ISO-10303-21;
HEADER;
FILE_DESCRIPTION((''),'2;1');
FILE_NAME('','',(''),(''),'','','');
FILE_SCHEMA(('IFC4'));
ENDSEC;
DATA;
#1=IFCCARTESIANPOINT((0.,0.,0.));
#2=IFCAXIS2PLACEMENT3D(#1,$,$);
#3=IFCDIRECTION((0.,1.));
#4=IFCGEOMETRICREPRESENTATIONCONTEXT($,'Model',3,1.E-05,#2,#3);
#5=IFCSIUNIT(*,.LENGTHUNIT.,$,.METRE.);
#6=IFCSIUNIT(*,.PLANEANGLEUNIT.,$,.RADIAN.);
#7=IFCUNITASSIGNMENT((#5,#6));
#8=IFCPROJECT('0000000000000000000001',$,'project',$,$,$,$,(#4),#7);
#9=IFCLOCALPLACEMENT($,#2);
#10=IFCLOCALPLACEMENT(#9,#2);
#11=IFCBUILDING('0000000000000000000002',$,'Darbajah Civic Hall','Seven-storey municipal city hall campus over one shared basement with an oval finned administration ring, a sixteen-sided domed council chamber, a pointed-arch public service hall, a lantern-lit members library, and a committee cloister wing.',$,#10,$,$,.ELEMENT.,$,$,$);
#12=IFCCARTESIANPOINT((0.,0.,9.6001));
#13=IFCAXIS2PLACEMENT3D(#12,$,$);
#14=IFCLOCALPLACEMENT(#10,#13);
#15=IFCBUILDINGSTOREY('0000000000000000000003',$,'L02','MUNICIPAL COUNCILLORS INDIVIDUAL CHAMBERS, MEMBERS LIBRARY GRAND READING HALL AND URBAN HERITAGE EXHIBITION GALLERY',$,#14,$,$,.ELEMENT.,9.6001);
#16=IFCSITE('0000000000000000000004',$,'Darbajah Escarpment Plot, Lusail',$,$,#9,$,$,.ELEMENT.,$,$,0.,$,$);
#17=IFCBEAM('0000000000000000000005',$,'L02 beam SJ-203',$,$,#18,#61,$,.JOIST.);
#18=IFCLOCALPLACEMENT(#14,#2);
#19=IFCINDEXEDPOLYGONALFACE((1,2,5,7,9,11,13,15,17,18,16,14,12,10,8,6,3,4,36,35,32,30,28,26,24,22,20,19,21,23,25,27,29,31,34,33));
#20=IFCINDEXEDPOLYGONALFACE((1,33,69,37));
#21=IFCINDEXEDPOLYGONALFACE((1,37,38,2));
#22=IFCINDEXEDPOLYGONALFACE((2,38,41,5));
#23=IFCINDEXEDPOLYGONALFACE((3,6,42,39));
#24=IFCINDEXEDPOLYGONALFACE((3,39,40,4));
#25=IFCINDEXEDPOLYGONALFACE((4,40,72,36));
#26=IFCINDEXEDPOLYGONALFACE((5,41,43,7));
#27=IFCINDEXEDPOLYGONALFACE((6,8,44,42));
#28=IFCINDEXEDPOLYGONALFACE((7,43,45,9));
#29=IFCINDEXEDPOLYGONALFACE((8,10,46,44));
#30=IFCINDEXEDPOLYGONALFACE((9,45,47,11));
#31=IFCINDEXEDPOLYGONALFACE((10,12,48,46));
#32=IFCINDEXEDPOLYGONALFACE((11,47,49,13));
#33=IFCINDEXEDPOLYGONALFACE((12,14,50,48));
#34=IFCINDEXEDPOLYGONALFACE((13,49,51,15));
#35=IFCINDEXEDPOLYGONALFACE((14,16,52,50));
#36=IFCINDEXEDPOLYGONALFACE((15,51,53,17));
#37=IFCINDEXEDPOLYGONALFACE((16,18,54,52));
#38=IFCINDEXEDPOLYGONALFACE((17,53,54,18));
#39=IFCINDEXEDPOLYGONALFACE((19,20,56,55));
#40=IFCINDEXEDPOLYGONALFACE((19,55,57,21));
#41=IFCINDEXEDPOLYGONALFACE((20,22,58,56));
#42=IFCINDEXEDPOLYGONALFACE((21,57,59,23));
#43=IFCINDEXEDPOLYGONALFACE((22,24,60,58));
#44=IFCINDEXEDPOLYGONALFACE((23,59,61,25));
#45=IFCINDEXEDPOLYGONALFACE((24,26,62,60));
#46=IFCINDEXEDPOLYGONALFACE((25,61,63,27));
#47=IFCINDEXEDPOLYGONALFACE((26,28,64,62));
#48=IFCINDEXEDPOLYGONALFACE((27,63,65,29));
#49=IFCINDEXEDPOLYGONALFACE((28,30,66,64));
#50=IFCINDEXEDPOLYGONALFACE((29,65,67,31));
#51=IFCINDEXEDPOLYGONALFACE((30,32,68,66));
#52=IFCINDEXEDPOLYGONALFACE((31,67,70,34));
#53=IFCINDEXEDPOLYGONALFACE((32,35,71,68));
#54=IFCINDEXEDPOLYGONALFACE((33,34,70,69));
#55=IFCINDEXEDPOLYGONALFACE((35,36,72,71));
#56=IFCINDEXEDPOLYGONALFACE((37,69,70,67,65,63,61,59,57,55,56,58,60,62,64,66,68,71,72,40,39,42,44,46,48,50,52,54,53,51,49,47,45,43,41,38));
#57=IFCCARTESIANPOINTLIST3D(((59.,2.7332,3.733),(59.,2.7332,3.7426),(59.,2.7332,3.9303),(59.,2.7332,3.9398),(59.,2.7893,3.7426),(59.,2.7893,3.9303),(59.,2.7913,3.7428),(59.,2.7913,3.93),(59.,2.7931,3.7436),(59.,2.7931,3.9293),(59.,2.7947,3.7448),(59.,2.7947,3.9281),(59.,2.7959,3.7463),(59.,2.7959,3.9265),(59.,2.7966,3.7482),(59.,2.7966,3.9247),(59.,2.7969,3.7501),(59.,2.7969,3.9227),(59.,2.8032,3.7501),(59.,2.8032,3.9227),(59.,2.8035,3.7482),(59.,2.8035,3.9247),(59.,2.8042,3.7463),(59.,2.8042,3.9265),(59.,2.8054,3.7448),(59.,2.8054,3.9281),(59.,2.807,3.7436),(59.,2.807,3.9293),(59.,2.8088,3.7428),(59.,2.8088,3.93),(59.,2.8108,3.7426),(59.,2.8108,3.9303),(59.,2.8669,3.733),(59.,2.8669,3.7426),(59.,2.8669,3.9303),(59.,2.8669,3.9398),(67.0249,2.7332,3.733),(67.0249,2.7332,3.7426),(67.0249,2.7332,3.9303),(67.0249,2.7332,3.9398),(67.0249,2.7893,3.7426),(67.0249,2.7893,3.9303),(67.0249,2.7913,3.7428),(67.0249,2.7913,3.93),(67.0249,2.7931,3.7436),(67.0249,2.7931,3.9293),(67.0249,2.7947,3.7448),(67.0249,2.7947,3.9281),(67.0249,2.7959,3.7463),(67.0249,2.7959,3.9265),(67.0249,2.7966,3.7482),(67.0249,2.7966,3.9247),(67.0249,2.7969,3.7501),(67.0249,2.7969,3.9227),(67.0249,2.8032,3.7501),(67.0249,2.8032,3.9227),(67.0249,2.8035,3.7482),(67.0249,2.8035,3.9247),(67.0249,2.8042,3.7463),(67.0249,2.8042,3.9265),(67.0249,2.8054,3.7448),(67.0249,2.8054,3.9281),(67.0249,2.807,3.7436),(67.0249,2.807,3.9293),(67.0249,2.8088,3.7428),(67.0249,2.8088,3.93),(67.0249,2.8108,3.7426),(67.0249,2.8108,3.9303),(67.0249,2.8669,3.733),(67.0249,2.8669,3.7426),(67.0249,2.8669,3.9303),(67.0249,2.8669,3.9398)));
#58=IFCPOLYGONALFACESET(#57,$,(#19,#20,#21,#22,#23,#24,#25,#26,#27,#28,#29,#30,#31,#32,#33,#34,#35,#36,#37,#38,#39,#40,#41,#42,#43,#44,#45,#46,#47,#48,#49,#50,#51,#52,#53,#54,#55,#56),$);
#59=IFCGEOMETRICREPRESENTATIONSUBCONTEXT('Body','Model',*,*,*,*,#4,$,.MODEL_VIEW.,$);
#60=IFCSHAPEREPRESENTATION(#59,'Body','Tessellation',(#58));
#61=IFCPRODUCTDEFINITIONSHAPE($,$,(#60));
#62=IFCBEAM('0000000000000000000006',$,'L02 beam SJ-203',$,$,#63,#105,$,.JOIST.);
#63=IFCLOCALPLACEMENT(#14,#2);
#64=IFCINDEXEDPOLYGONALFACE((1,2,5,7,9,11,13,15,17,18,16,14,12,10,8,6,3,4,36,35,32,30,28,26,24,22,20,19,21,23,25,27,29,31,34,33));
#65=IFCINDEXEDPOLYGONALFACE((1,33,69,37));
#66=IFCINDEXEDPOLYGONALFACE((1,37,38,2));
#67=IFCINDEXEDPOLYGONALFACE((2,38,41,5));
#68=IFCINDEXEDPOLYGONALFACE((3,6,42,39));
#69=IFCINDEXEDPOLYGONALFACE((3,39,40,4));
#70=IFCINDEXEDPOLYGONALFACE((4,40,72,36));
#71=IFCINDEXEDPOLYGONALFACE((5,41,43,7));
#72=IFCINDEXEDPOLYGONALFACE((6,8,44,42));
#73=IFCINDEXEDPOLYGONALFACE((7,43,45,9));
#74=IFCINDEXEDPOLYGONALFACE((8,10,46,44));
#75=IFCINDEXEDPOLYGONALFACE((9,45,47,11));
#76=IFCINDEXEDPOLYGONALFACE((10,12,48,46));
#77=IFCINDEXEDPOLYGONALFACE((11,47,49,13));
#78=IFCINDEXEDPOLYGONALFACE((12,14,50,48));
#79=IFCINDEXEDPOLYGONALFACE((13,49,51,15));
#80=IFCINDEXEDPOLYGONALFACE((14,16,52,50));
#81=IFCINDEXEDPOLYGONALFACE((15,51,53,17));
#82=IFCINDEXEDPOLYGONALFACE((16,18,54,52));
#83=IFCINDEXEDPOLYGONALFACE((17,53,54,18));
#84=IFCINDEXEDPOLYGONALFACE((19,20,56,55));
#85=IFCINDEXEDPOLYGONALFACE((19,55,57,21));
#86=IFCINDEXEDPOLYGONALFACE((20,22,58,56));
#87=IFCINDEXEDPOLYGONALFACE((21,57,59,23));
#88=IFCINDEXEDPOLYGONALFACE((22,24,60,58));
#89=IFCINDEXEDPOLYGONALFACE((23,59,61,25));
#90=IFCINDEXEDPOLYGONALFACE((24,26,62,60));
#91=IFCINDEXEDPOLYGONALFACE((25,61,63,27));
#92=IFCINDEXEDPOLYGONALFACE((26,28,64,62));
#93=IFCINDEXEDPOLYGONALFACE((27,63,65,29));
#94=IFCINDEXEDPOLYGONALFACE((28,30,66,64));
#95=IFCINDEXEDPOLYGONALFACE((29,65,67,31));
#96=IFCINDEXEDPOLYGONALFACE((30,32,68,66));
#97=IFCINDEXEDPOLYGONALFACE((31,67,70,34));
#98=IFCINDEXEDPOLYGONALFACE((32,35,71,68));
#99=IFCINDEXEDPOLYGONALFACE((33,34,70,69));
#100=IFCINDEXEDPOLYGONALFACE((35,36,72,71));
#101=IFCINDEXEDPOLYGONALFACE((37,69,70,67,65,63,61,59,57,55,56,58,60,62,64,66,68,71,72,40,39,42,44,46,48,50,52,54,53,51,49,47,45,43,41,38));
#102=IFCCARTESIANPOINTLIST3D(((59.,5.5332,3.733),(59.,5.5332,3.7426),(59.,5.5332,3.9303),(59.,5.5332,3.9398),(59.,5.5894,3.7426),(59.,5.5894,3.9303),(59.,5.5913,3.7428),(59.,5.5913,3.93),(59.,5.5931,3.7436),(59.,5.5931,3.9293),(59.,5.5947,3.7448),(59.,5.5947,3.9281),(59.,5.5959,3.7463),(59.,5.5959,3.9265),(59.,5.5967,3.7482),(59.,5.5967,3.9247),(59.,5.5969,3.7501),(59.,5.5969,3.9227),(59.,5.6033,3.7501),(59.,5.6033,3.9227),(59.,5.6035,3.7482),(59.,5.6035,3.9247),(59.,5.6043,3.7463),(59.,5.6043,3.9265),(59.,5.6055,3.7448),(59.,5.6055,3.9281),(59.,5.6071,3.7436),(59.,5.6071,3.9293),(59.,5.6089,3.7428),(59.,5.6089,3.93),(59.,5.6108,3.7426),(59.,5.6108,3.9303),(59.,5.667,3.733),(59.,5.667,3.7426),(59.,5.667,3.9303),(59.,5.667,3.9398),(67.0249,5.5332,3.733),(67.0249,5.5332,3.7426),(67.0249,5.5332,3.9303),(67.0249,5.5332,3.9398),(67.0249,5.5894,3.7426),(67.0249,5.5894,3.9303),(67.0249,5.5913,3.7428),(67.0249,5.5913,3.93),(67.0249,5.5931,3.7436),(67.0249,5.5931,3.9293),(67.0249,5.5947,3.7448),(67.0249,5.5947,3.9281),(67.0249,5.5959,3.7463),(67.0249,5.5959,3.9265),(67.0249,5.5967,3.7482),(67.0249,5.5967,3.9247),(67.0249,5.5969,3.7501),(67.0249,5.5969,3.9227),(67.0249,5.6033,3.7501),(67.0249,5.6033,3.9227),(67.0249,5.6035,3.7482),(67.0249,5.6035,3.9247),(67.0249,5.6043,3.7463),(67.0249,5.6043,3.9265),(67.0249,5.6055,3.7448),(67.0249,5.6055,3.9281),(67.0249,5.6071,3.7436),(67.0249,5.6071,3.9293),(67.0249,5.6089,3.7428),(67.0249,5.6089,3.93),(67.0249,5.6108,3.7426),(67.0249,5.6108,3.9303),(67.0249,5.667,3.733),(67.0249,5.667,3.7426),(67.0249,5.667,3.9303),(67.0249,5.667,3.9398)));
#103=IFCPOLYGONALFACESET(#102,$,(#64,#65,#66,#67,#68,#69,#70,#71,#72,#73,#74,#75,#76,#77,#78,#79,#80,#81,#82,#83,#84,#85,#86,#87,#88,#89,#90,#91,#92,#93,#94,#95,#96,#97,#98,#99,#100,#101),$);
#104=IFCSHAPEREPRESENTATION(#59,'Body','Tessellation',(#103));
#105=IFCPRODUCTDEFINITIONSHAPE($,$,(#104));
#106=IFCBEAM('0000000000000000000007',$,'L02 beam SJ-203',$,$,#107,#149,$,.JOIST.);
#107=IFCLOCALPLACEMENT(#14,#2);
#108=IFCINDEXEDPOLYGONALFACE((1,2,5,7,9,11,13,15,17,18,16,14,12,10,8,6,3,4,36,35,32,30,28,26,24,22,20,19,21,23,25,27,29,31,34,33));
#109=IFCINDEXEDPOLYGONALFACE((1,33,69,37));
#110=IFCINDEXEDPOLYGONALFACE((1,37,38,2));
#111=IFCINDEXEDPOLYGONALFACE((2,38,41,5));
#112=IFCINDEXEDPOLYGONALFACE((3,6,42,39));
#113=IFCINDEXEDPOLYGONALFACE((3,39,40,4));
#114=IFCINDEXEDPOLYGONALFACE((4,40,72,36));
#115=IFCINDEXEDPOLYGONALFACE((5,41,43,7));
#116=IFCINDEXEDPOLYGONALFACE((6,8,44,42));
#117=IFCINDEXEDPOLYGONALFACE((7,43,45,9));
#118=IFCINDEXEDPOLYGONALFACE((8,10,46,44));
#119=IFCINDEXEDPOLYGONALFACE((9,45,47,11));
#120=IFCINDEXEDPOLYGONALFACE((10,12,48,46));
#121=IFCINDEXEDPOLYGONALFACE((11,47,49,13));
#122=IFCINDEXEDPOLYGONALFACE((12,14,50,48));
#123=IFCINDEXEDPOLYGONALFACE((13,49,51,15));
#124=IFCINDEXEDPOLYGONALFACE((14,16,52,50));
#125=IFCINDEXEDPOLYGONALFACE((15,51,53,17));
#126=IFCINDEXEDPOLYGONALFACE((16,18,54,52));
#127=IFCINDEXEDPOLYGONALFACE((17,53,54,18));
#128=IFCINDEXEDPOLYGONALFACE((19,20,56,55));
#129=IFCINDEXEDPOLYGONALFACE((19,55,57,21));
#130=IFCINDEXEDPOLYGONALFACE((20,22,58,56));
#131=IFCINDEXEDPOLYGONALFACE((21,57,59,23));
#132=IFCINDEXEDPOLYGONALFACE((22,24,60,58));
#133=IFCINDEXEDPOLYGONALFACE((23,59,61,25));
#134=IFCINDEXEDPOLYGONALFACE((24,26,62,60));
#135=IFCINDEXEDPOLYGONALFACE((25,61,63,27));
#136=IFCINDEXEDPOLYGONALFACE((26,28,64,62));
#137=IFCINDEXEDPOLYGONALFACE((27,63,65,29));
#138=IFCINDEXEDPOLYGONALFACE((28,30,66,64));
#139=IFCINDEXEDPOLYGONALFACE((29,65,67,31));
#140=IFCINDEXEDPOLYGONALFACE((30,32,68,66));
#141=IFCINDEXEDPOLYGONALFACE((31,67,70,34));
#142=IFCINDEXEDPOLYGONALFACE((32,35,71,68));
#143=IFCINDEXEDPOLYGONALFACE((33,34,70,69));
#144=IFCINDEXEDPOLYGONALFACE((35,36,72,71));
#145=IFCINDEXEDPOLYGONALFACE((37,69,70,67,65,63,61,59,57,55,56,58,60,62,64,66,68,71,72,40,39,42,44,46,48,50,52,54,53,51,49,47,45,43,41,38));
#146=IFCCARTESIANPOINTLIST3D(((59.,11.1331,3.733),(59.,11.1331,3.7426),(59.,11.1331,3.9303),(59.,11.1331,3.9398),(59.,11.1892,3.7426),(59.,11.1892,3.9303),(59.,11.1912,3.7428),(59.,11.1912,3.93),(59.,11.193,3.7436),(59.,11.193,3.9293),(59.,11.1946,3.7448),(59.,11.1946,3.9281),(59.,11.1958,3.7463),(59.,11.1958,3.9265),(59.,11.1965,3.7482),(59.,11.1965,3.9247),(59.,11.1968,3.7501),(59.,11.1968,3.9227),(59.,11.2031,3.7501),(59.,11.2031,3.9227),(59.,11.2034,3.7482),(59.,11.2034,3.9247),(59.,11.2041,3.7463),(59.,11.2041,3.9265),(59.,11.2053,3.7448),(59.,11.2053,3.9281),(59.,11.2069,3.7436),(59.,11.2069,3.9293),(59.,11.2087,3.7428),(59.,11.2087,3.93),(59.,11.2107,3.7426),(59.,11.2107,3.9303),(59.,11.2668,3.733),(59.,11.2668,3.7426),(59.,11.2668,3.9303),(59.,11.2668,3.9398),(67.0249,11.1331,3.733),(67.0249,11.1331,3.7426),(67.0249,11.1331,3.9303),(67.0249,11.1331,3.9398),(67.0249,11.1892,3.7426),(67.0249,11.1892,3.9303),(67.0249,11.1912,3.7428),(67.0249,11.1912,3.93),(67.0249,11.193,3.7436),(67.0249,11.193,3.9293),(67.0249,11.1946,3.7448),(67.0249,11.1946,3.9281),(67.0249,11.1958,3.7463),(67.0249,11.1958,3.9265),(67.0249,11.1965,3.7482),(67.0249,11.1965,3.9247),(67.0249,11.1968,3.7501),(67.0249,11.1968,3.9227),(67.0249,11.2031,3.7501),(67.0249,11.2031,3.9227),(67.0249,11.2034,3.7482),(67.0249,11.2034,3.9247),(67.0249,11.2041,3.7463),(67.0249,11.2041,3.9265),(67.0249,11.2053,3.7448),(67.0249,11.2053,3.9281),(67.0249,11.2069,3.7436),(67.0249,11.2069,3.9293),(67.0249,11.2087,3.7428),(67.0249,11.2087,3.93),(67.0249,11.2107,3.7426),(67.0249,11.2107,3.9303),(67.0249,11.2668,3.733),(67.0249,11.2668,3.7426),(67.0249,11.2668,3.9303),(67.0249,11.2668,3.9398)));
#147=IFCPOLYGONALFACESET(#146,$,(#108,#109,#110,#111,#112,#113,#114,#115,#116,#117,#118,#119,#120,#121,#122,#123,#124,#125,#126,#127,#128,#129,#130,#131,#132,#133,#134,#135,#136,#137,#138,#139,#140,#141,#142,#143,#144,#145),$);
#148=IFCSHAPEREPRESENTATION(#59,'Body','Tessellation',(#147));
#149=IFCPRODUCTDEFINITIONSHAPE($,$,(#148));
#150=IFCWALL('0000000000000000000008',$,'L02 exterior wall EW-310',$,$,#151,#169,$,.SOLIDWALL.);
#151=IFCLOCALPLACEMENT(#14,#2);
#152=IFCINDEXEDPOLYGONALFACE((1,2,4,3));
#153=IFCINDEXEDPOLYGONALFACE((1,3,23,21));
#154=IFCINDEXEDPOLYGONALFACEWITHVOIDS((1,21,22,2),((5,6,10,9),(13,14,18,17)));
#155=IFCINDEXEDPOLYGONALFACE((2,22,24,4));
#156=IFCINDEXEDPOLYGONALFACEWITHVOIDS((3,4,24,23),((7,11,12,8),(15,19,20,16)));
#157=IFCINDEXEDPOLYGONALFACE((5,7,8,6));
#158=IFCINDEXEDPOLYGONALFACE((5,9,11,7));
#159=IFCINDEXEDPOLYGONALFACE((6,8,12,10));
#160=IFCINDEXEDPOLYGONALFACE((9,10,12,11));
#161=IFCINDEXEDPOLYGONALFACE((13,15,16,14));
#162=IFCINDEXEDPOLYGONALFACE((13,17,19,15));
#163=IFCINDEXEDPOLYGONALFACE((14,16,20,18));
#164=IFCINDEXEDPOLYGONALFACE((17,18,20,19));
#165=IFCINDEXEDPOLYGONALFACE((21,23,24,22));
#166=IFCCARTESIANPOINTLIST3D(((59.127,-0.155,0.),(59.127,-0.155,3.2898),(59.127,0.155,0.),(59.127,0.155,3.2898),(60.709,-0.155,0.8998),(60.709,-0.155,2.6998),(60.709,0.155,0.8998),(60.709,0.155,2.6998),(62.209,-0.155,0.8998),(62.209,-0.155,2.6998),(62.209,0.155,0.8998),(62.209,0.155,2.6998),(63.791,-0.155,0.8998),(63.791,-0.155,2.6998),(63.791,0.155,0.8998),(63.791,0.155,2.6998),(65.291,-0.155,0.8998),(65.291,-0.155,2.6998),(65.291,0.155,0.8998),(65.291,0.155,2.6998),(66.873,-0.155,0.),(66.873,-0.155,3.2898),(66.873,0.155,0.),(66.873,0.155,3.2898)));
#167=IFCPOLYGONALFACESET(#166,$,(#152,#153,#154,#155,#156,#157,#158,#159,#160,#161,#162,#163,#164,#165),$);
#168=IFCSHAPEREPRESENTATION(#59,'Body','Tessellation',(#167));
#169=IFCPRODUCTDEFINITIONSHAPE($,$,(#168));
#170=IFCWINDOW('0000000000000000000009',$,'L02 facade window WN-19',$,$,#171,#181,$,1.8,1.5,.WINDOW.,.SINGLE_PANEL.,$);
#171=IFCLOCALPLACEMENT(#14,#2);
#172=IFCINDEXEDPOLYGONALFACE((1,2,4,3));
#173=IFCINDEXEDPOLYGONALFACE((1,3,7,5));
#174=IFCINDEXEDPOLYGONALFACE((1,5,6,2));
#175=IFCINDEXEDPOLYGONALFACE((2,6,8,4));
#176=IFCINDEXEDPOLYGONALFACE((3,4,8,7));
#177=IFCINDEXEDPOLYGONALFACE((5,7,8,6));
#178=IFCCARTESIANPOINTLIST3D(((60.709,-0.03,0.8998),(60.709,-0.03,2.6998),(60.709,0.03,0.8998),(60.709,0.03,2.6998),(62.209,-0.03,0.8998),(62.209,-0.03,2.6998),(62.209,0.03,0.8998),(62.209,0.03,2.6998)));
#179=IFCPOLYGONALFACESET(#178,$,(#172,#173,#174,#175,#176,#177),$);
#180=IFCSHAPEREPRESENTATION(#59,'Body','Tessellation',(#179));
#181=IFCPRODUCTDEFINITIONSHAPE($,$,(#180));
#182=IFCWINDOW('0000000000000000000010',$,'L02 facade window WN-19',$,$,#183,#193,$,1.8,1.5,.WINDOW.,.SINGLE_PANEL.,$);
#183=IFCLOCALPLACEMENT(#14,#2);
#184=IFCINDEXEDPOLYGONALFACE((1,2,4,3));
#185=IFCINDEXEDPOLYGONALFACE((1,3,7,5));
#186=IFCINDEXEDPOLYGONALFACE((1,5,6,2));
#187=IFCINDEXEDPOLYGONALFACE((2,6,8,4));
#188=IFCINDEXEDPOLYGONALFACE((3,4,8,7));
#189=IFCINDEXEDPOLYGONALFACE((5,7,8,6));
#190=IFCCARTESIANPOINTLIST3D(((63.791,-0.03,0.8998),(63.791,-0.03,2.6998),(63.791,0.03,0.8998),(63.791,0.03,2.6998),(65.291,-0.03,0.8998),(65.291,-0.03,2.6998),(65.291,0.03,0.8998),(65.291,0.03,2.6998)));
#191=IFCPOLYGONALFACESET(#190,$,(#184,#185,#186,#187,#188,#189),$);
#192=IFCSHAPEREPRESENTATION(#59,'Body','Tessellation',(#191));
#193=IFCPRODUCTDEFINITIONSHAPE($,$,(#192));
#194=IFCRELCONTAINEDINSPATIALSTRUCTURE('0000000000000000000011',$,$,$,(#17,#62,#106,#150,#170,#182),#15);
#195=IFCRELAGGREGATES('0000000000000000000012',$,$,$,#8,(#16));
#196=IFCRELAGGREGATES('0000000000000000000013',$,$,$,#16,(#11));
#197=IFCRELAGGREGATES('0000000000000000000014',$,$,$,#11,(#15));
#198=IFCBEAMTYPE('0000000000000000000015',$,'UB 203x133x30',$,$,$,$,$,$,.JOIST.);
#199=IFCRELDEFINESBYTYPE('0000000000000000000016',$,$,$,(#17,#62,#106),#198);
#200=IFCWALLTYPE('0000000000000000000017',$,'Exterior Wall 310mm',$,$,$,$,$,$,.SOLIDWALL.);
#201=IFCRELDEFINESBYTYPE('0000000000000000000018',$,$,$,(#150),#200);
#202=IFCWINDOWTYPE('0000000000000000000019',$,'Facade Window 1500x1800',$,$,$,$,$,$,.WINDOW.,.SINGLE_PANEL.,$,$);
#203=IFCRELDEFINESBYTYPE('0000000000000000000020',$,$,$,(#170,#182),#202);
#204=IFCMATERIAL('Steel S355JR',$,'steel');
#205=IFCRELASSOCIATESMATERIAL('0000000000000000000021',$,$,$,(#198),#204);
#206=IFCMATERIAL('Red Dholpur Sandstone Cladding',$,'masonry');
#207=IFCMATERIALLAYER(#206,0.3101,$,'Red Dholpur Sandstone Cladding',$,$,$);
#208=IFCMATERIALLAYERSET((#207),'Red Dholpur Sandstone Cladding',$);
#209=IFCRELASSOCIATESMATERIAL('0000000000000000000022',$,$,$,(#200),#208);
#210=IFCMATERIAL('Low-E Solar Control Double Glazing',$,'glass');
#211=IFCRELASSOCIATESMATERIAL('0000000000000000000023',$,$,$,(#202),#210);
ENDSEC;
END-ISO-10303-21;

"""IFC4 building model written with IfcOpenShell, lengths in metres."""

from ifc_helpers import new_model, si_unit, direction, frame, frame_2d, origin, origin_2d, place, context, subcontext, project, spatial, rectangle, i_section, extrude, material, layer, layer_set, material_profile, profile_set, type_object, element, fill, save


model = new_model("IFC4")

# Units and contexts
model_context = context("Model", 3, precision=1e-05, world=origin(), true_north=direction((0.0, 1.0)))
body_context = subcontext(model_context, "Body", "Model", "MODEL_VIEW")
ifc_project = project(units=[si_unit("LENGTHUNIT", "METRE"), si_unit("PLANEANGLEUNIT", "RADIAN")], contexts=[model_context])

# Site, building, storey
site_placement = place(None, origin())
site = spatial("IfcSite", under=ifc_project, at=site_placement, Name="Darbajah Escarpment Plot, Lusail", CompositionType="ELEMENT", RefElevation=0.0)
building_placement = place(site_placement, origin())
building = spatial("IfcBuilding", under=site, at=building_placement, Name="Darbajah Civic Hall", Description="Seven-storey municipal city hall campus over one shared basement with an oval finned administration ring, a sixteen-sided domed council chamber, a pointed-arch public service hall, a lantern-lit members library, and a committee cloister wing.", CompositionType="ELEMENT")
storey_placement = place(building_placement, frame((0.0, 0.0, 9.6001)))
storey = spatial("IfcBuildingStorey", under=building, at=storey_placement, Name="L02", Description="MUNICIPAL COUNCILLORS INDIVIDUAL CHAMBERS, MEMBERS LIBRARY GRAND READING HALL AND URBAN HERITAGE EXHIBITION GALLERY", CompositionType="ELEMENT", Elevation=9.6001)

# Beams
ifc_material_1 = material(Name="Steel S355JR", Category="steel")
ifc_material_profile_1 = material_profile(ifc_material_1, i_section(OverallWidth=0.1338, OverallDepth=0.2068, WebThickness=0.0063, FlangeThickness=0.0095, FilletRadius=0.0076, at=origin_2d()), Name="UB 203x133x30")
ifc_profile_set_1 = profile_set([ifc_material_profile_1], Name="Steel S355JR")
beam_type_1 = type_object("IfcBeamType", Name="UB 203x133x30", PredefinedType="JOIST", material=ifc_profile_set_1)
for number, where, z_axis, x_axis, name in (
    (1, (59.0, 2.8, 3.8364), (1.0, 0.0, 0.0), (0.0, 1.0, 0.0), "L02 beam SJ-203"),
    (2, (59.0, 5.6001, 3.8364), (1.0, 0.0, 0.0), (0.0, 1.0, 0.0), "L02 beam SJ-203"),
    (3, (59.0, 11.2, 3.8364), (1.0, 0.0, 0.0), (0.0, 1.0, 0.0), "L02 beam SJ-203"),
):
    element("IfcBeam", number, at=place(storey_placement, frame(where, z_axis=z_axis, x_axis=x_axis)), inside=storey, type_object=beam_type_1, Name=name, PredefinedType="JOIST", context=body_context, shape_type="SweptSolid", body=[
        extrude(i_section(OverallWidth=0.1338, OverallDepth=0.2068, WebThickness=0.0063, FlangeThickness=0.0095, FilletRadius=0.0076, at=origin_2d()), origin(), (0.0, 0.0, 1.0), 8.0249),
    ])

# Wall, openings, windows
ifc_material_2 = material(Name="Red Dholpur Sandstone Cladding", Category="masonry")
ifc_layer = layer(ifc_material_2, 0.3101, Name="Red Dholpur Sandstone Cladding")
ifc_layer_set = layer_set([ifc_layer], Name="Red Dholpur Sandstone Cladding")
wall_type = type_object("IfcWallType", Name="Exterior Wall 310mm", PredefinedType="SOLIDWALL", material=ifc_layer_set)
wall_1_placement = place(storey_placement, frame((59.127, 0.0, 0.0), z_axis=(0.0, 0.0, 1.0), x_axis=(1.0, 0.0, 0.0)))
wall_1 = element("IfcWall", 4, at=wall_1_placement, inside=storey, type_object=wall_type, Name="L02 exterior wall EW-310", PredefinedType="SOLIDWALL", context=body_context, shape_type="SweptSolid", body=[
    extrude(rectangle(XDim=7.7461, YDim=0.3101, at=frame_2d((3.873, 0.0))), origin(), (0.0, 0.0, 1.0), 3.2898),
])
opening_1_placement = place(wall_1_placement, frame((1.582, 0.0, 0.8999)))
opening_1 = element("IfcOpeningElement", 5, at=opening_1_placement, cuts=wall_1, PredefinedType="OPENING", context=body_context, shape_type="SweptSolid", body=[
    extrude(rectangle(XDim=1.5, YDim=1.8, at=frame_2d((0.75, 0.8999))), frame((0.0, 0.165, 0.0), z_axis=(0.0, -1.0, 0.0), x_axis=(1.0, 0.0, 0.0)), (0.0, 0.0, 1.0), 0.3301),
])
opening_2_placement = place(wall_1_placement, frame((4.6641, 0.0, 0.8999)))
opening_2 = element("IfcOpeningElement", 6, at=opening_2_placement, cuts=wall_1, PredefinedType="OPENING", context=body_context, shape_type="SweptSolid", body=[
    extrude(rectangle(XDim=1.5, YDim=1.8, at=frame_2d((0.75, 0.8999))), frame((0.0, 0.165, 0.0), z_axis=(0.0, -1.0, 0.0), x_axis=(1.0, 0.0, 0.0)), (0.0, 0.0, 1.0), 0.3301),
])
ifc_material_3 = material(Name="Low-E Solar Control Double Glazing", Category="glass")
window_type_1 = type_object("IfcWindowType", Name="Facade Window 1500x1800", PartitioningType="SINGLE_PANEL", PredefinedType="WINDOW", material=ifc_material_3)
window_1_placement = place(opening_1_placement, origin())
window_1 = element("IfcWindow", 7, at=window_1_placement, inside=storey, type_object=window_type_1, Name="L02 facade window WN-19", OverallHeight=1.8, OverallWidth=1.5, PartitioningType="SINGLE_PANEL", PredefinedType="WINDOW", context=body_context, shape_type="SweptSolid", body=[
    extrude(rectangle(XDim=1.5, YDim=1.8, at=frame_2d((0.75, 0.8999))), frame((0.0, 0.03, 0.0), z_axis=(0.0, -1.0, 0.0), x_axis=(1.0, 0.0, 0.0)), (0.0, 0.0, 1.0), 0.0601),
])
fill(opening_1, window_1)
window_2_placement = place(opening_2_placement, origin())
window_2 = element("IfcWindow", 8, at=window_2_placement, inside=storey, type_object=window_type_1, Name="L02 facade window WN-19", OverallHeight=1.8, OverallWidth=1.5, PartitioningType="SINGLE_PANEL", PredefinedType="WINDOW", context=body_context, shape_type="SweptSolid", body=[
    extrude(rectangle(XDim=1.5, YDim=1.8, at=frame_2d((0.75, 0.8999))), frame((0.0, 0.03, 0.0), z_axis=(0.0, -1.0, 0.0), x_axis=(1.0, 0.0, 0.0)), (0.0, 0.0, 1.0), 0.0601),
])
fill(opening_2, window_2)

save(model, "model.ifc")
